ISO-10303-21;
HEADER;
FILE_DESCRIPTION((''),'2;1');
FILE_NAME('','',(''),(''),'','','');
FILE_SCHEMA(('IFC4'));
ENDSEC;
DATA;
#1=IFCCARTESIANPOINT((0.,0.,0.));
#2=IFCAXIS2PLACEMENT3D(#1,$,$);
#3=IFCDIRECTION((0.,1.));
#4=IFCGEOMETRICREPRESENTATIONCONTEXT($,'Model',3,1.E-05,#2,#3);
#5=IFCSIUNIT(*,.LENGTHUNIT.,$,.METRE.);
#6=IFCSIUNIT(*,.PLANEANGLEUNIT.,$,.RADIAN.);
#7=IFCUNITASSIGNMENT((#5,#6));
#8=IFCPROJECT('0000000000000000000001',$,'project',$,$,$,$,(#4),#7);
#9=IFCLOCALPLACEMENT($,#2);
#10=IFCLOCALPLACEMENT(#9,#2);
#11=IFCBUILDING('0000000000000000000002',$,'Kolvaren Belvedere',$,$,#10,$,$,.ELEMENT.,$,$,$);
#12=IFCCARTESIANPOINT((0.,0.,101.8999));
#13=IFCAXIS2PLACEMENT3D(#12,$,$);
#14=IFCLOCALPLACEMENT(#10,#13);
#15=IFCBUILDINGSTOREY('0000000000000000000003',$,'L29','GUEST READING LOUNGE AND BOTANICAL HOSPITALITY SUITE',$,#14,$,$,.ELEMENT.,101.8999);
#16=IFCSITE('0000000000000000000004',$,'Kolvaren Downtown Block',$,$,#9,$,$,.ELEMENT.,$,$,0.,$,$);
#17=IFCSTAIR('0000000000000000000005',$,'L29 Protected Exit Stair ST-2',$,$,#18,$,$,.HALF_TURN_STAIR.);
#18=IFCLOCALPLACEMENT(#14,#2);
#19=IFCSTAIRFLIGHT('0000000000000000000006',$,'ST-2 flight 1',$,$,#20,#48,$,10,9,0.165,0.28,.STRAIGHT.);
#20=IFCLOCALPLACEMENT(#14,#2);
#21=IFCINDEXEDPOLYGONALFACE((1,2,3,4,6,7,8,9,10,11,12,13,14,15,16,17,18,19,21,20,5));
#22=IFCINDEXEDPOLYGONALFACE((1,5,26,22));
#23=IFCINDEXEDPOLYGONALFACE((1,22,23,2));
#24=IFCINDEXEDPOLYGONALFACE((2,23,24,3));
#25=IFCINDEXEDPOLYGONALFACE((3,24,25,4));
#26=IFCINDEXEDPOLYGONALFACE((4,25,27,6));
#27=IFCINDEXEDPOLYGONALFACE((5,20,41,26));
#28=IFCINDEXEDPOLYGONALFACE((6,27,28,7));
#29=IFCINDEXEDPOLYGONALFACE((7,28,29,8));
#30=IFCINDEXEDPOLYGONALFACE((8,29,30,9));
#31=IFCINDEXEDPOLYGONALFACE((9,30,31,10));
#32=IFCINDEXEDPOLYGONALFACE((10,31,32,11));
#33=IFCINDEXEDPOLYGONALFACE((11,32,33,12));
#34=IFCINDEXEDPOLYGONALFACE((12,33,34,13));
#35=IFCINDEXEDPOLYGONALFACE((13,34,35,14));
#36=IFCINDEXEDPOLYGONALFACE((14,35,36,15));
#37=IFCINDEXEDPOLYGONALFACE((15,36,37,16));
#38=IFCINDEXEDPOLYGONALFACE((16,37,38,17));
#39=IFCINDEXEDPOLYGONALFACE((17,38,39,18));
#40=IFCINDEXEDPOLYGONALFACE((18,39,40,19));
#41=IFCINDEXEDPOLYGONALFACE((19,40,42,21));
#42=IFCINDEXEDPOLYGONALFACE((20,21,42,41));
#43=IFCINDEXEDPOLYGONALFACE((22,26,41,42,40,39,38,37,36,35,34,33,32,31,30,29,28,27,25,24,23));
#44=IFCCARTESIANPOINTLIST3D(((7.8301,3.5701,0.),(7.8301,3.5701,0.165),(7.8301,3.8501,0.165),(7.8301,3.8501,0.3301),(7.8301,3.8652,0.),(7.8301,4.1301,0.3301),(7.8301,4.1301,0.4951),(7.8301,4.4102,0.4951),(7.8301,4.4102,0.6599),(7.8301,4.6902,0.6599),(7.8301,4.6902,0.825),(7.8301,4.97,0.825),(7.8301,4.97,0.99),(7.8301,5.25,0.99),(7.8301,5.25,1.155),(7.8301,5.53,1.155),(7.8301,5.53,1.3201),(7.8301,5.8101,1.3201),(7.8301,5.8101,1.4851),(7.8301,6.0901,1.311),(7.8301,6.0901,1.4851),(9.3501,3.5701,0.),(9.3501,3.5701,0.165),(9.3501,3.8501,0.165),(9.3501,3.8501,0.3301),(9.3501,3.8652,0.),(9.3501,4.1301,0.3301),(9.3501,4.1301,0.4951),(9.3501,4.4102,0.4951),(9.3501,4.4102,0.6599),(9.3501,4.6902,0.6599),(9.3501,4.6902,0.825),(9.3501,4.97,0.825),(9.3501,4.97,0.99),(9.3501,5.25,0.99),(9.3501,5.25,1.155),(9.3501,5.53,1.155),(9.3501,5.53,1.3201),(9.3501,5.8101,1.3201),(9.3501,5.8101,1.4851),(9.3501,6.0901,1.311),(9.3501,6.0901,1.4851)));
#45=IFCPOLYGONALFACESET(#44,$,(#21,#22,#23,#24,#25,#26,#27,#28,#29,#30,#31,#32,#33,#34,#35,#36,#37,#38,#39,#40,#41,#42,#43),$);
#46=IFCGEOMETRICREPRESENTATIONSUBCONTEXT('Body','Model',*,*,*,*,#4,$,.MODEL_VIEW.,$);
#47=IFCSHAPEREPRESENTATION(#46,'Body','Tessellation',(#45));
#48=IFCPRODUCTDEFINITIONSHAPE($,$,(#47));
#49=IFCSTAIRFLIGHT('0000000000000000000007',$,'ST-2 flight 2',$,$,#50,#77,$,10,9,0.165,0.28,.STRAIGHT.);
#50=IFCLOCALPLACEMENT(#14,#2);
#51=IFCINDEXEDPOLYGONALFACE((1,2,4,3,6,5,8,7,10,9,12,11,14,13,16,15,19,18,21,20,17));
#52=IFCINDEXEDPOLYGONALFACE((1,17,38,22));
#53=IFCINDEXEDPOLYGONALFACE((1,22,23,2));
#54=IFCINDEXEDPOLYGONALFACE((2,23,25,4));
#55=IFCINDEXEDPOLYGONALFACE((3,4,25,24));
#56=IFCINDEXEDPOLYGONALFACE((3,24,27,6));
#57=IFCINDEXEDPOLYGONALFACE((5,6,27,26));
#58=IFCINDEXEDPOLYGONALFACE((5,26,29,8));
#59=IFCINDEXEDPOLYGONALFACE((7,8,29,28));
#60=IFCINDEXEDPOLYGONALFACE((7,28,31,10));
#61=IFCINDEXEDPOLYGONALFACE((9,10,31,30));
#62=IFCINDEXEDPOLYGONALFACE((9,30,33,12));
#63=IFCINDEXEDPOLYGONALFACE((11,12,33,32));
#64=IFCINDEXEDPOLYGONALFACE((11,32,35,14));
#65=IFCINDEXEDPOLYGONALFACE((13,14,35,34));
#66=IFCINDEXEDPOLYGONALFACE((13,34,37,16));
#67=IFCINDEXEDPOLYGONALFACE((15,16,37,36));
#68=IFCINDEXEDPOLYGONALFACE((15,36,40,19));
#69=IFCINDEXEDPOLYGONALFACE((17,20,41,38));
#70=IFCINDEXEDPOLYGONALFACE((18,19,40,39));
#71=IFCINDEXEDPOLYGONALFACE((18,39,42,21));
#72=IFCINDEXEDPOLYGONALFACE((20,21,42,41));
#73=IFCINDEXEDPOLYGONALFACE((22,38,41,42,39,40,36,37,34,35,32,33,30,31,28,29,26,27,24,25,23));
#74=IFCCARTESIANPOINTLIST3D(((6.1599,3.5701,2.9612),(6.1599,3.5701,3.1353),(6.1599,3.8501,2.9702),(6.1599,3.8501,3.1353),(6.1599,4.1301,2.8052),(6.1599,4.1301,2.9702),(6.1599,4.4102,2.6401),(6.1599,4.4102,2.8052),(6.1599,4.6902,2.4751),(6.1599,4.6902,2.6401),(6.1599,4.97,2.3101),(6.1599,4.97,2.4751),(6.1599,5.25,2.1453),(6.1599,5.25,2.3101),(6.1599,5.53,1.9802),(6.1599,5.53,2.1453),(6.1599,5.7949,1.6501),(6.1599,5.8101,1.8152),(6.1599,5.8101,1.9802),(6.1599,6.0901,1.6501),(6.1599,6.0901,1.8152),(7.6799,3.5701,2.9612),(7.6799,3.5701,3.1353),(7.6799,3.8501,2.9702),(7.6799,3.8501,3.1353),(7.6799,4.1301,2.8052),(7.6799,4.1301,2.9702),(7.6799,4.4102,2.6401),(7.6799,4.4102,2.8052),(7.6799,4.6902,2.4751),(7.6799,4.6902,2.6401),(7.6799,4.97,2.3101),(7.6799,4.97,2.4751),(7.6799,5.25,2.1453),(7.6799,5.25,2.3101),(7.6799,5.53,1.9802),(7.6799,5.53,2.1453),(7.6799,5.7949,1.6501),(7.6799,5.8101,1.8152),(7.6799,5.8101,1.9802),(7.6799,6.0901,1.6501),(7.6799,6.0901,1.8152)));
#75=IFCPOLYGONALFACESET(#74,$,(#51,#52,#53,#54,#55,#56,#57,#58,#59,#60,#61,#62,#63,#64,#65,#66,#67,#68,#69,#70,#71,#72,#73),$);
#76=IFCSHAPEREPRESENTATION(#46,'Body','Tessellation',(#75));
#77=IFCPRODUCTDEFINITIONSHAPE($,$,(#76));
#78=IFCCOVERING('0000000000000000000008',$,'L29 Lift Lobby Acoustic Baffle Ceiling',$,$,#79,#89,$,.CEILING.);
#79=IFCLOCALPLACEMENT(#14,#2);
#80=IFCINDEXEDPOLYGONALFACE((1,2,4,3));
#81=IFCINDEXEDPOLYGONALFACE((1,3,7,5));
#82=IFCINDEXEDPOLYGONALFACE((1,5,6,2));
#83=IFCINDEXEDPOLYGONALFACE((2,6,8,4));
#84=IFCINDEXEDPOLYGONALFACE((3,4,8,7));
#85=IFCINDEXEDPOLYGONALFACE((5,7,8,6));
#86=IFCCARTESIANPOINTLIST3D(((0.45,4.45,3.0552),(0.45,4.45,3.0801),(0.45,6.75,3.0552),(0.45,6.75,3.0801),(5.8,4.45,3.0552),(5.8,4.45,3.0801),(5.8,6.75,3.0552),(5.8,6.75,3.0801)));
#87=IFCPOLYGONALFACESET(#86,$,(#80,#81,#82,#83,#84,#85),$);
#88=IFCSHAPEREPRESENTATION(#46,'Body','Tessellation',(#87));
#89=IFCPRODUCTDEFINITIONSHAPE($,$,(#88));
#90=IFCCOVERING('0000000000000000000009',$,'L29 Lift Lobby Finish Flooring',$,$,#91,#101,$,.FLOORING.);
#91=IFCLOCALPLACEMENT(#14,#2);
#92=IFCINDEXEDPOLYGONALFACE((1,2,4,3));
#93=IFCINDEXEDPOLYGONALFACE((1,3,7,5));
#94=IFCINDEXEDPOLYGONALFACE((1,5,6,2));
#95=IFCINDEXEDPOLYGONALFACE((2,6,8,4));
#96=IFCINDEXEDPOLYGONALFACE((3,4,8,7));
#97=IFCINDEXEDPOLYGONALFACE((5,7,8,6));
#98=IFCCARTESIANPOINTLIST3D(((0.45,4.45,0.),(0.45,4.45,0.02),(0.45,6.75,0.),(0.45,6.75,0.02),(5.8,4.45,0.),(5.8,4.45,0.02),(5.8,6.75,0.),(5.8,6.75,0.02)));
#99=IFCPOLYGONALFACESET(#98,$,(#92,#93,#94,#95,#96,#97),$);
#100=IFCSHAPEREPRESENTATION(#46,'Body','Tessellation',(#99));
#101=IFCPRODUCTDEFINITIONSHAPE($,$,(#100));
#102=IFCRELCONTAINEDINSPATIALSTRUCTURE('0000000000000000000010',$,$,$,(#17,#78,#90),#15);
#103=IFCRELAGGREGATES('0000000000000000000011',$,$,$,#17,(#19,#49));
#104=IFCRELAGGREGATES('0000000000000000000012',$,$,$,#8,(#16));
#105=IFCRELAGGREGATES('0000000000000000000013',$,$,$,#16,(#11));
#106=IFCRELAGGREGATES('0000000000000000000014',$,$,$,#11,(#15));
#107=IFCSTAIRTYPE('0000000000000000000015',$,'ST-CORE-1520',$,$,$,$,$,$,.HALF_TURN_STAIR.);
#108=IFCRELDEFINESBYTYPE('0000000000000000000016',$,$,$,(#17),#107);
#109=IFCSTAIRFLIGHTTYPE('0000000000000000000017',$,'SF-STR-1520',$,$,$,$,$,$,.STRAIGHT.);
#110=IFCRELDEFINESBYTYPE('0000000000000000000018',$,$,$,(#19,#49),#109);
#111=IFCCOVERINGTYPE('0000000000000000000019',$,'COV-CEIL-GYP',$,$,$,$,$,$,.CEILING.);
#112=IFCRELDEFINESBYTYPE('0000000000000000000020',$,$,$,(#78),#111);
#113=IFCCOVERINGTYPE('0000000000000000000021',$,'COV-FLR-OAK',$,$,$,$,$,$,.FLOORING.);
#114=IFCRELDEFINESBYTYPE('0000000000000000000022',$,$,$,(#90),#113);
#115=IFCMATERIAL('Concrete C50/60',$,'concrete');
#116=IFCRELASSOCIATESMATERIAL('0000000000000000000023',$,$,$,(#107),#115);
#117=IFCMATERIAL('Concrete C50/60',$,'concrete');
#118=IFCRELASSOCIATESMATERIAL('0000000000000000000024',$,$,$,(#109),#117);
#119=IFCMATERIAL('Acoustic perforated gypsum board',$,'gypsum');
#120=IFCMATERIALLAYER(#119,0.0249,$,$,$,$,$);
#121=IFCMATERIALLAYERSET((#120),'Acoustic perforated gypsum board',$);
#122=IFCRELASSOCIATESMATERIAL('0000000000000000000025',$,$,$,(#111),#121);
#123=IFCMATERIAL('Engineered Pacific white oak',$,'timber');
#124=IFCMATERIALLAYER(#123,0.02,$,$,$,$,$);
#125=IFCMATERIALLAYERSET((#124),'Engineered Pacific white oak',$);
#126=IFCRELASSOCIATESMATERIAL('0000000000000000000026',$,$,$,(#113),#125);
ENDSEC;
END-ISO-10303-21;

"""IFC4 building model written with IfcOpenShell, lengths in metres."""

from ifc_helpers import new_model, si_unit, direction, frame, origin, place, context, subcontext, project, spatial, polyline, outline, extrude, material, layer, layer_set, type_object, element, aggregate, save


model = new_model("IFC4")

# Units and contexts
model_context = context("Model", 3, precision=1e-05, world=origin(), true_north=direction((0.0, 1.0)))
body_context = subcontext(model_context, "Body", "Model", "MODEL_VIEW")
ifc_project = project(units=[si_unit("LENGTHUNIT", "METRE"), si_unit("PLANEANGLEUNIT", "RADIAN")], contexts=[model_context])

# Site, building, storey
site_placement = place(None, origin())
site = spatial("IfcSite", under=ifc_project, at=site_placement, Name="Kolvaren Downtown Block", CompositionType="ELEMENT", RefElevation=0.0)
building_placement = place(site_placement, origin())
building = spatial("IfcBuilding", under=site, at=building_placement, Name="Kolvaren Belvedere", CompositionType="ELEMENT")
storey_placement = place(building_placement, frame((0.0, 0.0, 101.8999)))
storey = spatial("IfcBuildingStorey", under=building, at=storey_placement, Name="L29", Description="GUEST READING LOUNGE AND BOTANICAL HOSPITALITY SUITE", CompositionType="ELEMENT", Elevation=101.8999)

# Stair
ifc_material_1 = material(Name="Concrete C50/60", Category="concrete")
stair_type = type_object("IfcStairType", Name="ST-CORE-1520", PredefinedType="HALF_TURN_STAIR", material=ifc_material_1)
stair_1_placement = place(storey_placement, origin())
stair_1 = element("IfcStair", 1, at=stair_1_placement, inside=storey, type_object=stair_type, Name="L29 Protected Exit Stair ST-2", PredefinedType="HALF_TURN_STAIR")

# Stair flights
ifc_material_2 = material(Name="Concrete C50/60", Category="concrete")
stair_flight_type = type_object("IfcStairFlightType", Name="SF-STR-1520", PredefinedType="STRAIGHT", material=ifc_material_2)
stair_flight_1_placement = place(storey_placement, frame((8.5901, 3.5701, 0.0), z_axis=(0.0, 0.0, 1.0), x_axis=(0.0, 1.0, 0.0)))
stair_flight_1 = element("IfcStairFlight", 2, at=stair_flight_1_placement, type_object=stair_flight_type, Name="ST-2 flight 1", NumberOfRisers=10, NumberOfTreads=9, PredefinedType="STRAIGHT", RiserHeight=0.165, TreadLength=0.28, context=body_context, shape_type="SweptSolid", body=[
    extrude(outline(polyline([(0.0, 0.0), (0.0, 0.165), (0.28, 0.165), (0.28, 0.3301), (0.5601, 0.3301), (0.5601, 0.4951), (0.8401, 0.4951), (0.8401, 0.6599), (1.1201, 0.6599), (1.1201, 0.825), (1.3999, 0.825), (1.3999, 0.99), (1.6799, 0.99), (1.6799, 1.155), (1.96, 1.155), (1.96, 1.3201), (2.24, 1.3201), (2.24, 1.4851), (2.52, 1.4851), (2.52, 1.6499), (2.52, 1.311), (0.2952, 0.0), (0.0, 0.0)])), frame((0.0, 0.76, 0.0), z_axis=(0.0, -1.0, 0.0), x_axis=(1.0, 0.0, 0.0)), (0.0, 0.0, 1.0), 1.52),
])
stair_flight_2_placement = place(storey_placement, frame((6.9199, 6.0901, 1.6501), z_axis=(0.0, 0.0, 1.0), x_axis=(0.0, -1.0, 0.0)))
stair_flight_2 = element("IfcStairFlight", 3, at=stair_flight_2_placement, type_object=stair_flight_type, Name="ST-2 flight 2", NumberOfRisers=10, NumberOfTreads=9, PredefinedType="STRAIGHT", RiserHeight=0.165, TreadLength=0.28, context=body_context, shape_type="SweptSolid", body=[
    extrude(outline(polyline([(0.0, 0.0), (0.0, 0.165), (0.28, 0.165), (0.28, 0.3301), (0.5601, 0.3301), (0.5601, 0.4951), (0.8401, 0.4951), (0.8401, 0.6599), (1.1201, 0.6599), (1.1201, 0.825), (1.3999, 0.825), (1.3999, 0.99), (1.6799, 0.99), (1.6799, 1.155), (1.96, 1.155), (1.96, 1.3201), (2.24, 1.3201), (2.24, 1.4851), (2.52, 1.4851), (2.52, 1.6499), (2.52, 1.311), (0.2952, 0.0), (0.0, 0.0)])), frame((0.0, 0.76, 0.0), z_axis=(0.0, -1.0, 0.0), x_axis=(1.0, 0.0, 0.0)), (0.0, 0.0, 1.0), 1.52),
])
aggregate(stair_1, [stair_flight_1, stair_flight_2])

# Coverings
ifc_material_3 = material(Name="Acoustic perforated gypsum board", Category="gypsum")
ifc_layer_1 = layer(ifc_material_3, 0.0249)
ifc_layer_set_1 = layer_set([ifc_layer_1], Name="Acoustic perforated gypsum board")
covering_type_1 = type_object("IfcCoveringType", Name="COV-CEIL-GYP", PredefinedType="CEILING", material=ifc_layer_set_1)
covering_1_placement = place(storey_placement, frame((0.0, 0.0, 3.0552)))
element("IfcCovering", 4, at=covering_1_placement, inside=storey, type_object=covering_type_1, Name="L29 Lift Lobby Acoustic Baffle Ceiling", PredefinedType="CEILING", context=body_context, shape_type="SweptSolid", body=[
    extrude(outline(polyline([(0.45, 4.45), (5.8, 4.45), (5.8, 6.75), (0.45, 6.75), (0.45, 4.45)])), origin(), (0.0, 0.0, 1.0), 0.0249),
])
ifc_material_4 = material(Name="Engineered Pacific white oak", Category="timber")
ifc_layer_2 = layer(ifc_material_4, 0.02)
ifc_layer_set_2 = layer_set([ifc_layer_2], Name="Engineered Pacific white oak")
covering_type_2 = type_object("IfcCoveringType", Name="COV-FLR-OAK", PredefinedType="FLOORING", material=ifc_layer_set_2)
covering_2_placement = place(storey_placement, origin())
element("IfcCovering", 5, at=covering_2_placement, inside=storey, type_object=covering_type_2, Name="L29 Lift Lobby Finish Flooring", PredefinedType="FLOORING", context=body_context, shape_type="SweptSolid", body=[
    extrude(outline(polyline([(0.45, 4.45), (5.8, 4.45), (5.8, 6.75), (0.45, 6.75), (0.45, 4.45)])), origin(), (0.0, 0.0, 1.0), 0.02),
])

save(model, "model.ifc")
